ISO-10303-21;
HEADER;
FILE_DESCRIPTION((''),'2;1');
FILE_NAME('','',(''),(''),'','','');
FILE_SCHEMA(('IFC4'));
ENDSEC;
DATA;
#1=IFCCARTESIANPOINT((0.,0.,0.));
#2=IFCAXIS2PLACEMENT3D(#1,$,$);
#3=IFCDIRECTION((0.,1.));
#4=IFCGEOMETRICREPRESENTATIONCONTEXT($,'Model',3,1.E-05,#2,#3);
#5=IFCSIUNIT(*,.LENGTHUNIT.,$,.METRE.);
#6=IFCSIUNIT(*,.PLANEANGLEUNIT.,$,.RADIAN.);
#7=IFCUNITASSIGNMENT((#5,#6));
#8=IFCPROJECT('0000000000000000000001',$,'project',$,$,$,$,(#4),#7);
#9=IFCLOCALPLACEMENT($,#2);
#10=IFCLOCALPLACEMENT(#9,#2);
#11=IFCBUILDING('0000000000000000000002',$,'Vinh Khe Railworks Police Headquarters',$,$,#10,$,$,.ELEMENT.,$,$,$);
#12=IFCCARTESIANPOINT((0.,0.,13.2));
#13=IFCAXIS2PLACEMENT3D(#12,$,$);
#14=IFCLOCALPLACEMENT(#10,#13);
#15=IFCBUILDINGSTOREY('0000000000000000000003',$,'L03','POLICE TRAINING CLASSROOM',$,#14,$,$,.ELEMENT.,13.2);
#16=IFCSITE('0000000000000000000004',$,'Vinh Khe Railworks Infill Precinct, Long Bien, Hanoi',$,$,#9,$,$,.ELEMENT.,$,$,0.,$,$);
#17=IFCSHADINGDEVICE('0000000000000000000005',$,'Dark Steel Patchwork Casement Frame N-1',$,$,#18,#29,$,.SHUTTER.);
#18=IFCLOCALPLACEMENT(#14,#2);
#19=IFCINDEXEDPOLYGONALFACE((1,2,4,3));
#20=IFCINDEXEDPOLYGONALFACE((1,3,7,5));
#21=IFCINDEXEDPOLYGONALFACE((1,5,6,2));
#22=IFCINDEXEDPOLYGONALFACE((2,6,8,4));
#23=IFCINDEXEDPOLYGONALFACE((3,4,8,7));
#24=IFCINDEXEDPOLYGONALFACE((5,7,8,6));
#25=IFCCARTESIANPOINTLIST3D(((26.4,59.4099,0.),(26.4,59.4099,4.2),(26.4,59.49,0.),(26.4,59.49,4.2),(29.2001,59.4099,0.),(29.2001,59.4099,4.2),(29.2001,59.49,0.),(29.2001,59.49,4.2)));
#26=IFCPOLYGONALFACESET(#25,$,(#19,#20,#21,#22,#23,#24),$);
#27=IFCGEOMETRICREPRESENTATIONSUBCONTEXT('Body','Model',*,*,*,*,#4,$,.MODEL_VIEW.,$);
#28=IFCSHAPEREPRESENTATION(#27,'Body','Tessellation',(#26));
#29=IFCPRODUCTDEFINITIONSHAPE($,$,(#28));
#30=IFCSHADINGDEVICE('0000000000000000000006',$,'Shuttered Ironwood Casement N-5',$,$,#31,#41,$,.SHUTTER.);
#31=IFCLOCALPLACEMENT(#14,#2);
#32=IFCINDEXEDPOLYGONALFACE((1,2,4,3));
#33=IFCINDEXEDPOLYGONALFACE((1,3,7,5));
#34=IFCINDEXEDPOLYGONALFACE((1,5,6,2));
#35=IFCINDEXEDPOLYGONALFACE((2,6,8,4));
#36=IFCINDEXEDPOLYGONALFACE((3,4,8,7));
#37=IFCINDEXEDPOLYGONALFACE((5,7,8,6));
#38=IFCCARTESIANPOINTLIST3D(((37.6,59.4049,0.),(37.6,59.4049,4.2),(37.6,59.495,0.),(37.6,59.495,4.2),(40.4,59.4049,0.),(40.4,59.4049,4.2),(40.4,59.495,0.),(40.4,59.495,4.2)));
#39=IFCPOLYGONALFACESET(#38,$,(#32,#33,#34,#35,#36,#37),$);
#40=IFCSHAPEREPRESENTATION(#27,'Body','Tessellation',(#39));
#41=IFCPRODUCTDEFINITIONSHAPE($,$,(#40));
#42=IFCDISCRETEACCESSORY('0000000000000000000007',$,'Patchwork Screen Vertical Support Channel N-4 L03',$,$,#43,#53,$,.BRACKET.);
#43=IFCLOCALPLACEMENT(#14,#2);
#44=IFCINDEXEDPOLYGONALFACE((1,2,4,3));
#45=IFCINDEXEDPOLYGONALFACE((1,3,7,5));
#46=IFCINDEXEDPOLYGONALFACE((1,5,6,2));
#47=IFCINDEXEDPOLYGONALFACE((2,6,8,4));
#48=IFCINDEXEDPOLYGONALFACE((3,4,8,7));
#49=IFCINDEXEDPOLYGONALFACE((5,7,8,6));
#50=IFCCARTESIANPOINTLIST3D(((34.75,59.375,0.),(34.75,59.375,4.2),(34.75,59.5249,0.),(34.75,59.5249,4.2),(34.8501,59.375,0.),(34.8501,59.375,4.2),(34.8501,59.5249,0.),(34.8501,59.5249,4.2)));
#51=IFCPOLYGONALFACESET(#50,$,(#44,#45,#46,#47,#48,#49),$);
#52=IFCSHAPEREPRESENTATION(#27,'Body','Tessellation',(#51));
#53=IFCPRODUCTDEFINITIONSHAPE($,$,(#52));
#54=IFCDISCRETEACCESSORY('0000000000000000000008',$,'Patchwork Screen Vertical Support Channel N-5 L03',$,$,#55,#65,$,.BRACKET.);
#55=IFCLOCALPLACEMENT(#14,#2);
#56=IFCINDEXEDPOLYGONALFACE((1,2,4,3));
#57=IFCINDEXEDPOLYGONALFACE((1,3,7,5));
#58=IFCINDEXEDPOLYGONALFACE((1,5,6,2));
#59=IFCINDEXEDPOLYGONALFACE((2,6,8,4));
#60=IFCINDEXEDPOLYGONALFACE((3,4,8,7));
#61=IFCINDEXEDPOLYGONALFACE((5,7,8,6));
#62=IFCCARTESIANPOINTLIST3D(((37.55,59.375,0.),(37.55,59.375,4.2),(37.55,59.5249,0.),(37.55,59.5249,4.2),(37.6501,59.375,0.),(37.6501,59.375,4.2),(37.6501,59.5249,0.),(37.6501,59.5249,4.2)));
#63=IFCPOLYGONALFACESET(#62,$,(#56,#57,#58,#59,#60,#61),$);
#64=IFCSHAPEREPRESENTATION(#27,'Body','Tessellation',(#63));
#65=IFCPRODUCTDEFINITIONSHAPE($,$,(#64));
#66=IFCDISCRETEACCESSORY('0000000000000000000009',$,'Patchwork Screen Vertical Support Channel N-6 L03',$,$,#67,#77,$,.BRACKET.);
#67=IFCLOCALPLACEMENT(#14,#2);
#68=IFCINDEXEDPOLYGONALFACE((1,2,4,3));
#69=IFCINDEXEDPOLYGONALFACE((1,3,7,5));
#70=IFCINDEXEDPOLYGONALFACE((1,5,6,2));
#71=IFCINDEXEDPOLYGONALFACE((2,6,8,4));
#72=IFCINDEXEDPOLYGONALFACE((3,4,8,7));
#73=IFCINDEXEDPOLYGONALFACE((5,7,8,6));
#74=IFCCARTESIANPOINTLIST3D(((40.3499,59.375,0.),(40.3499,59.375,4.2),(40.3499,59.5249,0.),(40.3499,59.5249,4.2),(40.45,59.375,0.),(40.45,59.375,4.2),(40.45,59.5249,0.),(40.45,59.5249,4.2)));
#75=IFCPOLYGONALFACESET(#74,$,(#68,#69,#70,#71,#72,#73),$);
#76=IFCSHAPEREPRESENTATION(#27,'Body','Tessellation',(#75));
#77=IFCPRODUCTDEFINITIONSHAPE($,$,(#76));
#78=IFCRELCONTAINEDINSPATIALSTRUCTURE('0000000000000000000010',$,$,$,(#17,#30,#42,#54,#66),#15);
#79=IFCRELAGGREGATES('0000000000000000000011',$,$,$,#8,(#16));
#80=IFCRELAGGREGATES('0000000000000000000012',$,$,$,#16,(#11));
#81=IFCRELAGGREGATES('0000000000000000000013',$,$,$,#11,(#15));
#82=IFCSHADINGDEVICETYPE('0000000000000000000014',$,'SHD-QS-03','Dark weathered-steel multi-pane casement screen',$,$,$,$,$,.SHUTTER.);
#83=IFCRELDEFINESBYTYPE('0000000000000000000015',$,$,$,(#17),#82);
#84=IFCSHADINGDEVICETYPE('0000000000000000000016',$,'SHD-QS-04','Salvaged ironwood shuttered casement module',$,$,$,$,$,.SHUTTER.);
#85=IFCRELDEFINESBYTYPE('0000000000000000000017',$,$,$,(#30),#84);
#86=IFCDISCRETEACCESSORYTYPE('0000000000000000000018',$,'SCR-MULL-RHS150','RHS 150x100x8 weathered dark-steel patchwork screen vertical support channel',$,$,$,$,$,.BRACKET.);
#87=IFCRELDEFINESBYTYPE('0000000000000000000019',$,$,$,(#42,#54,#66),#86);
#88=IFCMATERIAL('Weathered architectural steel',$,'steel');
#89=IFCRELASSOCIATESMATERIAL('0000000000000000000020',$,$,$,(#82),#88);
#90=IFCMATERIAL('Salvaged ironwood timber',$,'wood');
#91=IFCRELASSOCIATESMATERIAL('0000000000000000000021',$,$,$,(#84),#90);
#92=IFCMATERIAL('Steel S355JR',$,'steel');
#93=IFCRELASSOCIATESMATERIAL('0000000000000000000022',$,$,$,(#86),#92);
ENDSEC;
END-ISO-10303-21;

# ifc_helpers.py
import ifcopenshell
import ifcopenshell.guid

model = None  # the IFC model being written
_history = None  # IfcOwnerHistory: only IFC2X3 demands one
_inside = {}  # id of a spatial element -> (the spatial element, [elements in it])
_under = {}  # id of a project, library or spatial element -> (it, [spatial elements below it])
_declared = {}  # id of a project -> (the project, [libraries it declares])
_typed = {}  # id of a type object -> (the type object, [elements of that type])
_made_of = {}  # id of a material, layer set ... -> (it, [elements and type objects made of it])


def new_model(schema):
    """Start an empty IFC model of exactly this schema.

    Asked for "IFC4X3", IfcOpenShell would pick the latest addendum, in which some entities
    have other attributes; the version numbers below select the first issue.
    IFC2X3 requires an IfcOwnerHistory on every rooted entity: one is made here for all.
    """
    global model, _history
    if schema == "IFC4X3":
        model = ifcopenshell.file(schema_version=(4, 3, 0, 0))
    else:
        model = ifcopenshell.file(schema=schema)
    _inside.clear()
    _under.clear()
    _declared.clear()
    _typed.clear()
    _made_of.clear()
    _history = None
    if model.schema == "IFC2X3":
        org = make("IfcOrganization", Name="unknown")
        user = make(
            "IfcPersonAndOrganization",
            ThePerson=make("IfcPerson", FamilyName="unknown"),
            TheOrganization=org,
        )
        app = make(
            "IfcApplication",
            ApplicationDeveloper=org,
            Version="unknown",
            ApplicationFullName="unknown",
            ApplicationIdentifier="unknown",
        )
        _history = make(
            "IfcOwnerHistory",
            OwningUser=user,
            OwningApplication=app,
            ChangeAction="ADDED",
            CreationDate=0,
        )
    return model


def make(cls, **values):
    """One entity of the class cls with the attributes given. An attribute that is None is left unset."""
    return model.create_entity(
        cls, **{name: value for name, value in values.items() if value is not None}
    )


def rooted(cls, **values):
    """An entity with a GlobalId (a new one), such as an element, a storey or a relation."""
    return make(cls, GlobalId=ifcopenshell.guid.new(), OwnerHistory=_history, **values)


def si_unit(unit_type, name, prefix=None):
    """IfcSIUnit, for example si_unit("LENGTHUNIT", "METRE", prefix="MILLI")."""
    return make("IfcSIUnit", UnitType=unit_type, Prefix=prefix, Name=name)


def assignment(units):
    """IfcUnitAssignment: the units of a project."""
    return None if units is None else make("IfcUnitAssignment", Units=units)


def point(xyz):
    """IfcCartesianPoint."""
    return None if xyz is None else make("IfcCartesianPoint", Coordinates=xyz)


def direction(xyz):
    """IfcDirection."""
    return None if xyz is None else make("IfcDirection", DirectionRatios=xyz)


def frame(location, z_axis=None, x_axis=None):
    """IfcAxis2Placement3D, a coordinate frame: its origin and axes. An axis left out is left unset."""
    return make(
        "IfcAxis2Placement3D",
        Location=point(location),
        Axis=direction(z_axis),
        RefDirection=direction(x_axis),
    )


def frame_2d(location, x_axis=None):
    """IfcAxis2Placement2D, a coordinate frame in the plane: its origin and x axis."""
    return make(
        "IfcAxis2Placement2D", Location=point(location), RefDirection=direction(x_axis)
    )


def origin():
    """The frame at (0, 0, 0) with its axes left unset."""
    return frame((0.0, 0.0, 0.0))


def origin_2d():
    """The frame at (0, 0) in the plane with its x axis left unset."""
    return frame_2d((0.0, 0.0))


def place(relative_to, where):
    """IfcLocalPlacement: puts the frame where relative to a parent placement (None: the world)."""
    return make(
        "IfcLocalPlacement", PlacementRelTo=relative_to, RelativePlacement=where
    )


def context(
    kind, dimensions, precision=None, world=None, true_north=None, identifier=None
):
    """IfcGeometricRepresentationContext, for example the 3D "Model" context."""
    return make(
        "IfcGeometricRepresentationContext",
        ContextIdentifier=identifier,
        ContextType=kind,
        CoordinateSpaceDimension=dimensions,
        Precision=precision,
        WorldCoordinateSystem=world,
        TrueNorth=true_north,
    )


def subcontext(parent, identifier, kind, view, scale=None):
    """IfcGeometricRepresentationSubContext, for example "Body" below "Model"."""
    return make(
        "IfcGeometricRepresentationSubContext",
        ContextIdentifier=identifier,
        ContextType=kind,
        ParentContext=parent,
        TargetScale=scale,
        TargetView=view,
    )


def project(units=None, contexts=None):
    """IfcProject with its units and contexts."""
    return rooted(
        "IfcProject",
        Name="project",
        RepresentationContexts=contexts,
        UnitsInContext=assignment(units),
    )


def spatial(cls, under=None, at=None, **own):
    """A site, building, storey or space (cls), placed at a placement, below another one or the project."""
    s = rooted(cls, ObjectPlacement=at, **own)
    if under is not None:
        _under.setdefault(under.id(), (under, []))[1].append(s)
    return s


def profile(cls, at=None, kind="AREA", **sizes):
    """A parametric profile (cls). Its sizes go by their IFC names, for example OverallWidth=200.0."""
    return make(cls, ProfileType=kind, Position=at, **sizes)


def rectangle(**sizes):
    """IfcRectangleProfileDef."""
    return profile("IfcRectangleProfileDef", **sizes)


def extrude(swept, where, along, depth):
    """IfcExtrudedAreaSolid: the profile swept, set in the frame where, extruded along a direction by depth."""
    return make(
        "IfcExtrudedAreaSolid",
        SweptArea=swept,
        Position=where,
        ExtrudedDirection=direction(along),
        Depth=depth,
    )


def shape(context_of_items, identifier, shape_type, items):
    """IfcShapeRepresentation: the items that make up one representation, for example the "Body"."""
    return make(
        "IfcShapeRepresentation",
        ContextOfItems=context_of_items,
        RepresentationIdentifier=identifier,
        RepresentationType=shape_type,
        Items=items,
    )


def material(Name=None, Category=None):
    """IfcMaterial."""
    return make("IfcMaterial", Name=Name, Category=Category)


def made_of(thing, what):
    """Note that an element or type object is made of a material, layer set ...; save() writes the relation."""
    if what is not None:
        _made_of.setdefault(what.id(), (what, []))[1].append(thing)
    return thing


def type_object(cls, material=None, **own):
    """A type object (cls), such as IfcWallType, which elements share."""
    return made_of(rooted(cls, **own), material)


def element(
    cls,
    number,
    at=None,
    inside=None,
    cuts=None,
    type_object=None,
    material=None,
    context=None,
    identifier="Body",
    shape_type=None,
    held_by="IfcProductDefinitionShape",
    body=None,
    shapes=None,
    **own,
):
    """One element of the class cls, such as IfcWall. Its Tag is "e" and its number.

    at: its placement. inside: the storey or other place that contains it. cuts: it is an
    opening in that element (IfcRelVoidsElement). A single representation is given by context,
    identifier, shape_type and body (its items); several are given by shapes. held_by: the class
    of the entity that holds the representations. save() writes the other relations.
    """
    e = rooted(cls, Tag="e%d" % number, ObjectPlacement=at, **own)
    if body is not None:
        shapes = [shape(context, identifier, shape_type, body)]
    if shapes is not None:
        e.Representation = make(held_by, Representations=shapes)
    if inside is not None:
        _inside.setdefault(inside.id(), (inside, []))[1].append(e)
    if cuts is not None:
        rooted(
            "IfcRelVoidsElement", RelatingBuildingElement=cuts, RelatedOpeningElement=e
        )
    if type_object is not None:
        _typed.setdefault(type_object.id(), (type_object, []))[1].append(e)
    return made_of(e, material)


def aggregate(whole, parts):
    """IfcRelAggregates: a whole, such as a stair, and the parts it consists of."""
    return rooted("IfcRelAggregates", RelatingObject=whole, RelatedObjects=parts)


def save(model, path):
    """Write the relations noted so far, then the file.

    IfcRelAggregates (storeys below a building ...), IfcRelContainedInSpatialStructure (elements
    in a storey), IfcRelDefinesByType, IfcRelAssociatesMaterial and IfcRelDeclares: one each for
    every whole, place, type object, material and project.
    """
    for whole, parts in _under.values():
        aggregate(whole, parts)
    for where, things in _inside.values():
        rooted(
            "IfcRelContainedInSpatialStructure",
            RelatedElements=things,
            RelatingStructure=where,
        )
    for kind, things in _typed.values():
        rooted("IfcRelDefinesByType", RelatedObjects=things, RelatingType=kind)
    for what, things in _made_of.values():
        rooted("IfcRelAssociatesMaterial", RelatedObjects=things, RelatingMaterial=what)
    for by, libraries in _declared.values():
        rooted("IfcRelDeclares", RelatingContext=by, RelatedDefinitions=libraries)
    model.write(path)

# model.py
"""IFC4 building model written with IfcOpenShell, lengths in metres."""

from ifc_helpers import new_model, si_unit, direction, frame, origin, origin_2d, place, context, subcontext, project, spatial, rectangle, extrude, material, type_object, element, save


model = new_model("IFC4")

# Units and contexts
model_context = context("Model", 3, precision=1e-05, world=origin(), true_north=direction((0.0, 1.0)))
body_context = subcontext(model_context, "Body", "Model", "MODEL_VIEW")
ifc_project = project(units=[si_unit("LENGTHUNIT", "METRE"), si_unit("PLANEANGLEUNIT", "RADIAN")], contexts=[model_context])

# Site, building, storey
site_placement = place(None, origin())
site = spatial("IfcSite", under=ifc_project, at=site_placement, Name="Vinh Khe Railworks Infill Precinct, Long Bien, Hanoi", CompositionType="ELEMENT", RefElevation=0.0)
building_placement = place(site_placement, origin())
building = spatial("IfcBuilding", under=site, at=building_placement, Name="Vinh Khe Railworks Police Headquarters", CompositionType="ELEMENT")
storey_placement = place(building_placement, frame((0.0, 0.0, 13.2)))
storey = spatial("IfcBuildingStorey", under=building, at=storey_placement, Name="L03", Description="POLICE TRAINING CLASSROOM", CompositionType="ELEMENT", Elevation=13.2)

# Shared definitions
ifc_material_1 = material(Name="Steel S355JR", Category="steel")

# Shared definitions
ifc_material_2 = material(Name="Salvaged ironwood timber", Category="wood")

# Shading devices
ifc_material_3 = material(Name="Weathered architectural steel", Category="steel")
shading_device_type_1 = type_object("IfcShadingDeviceType", Name="SHD-QS-03", Description="Dark weathered-steel multi-pane casement screen", PredefinedType="SHUTTER", material=ifc_material_3)
shading_device_1_placement = place(storey_placement, frame((27.8, 59.45, 0.0), z_axis=(0.0, 0.0, 1.0), x_axis=(1.0, 0.0, 0.0)))
element("IfcShadingDevice", 1, at=shading_device_1_placement, inside=storey, type_object=shading_device_type_1, Name="Dark Steel Patchwork Casement Frame N-1", PredefinedType="SHUTTER", context=body_context, shape_type="SweptSolid", body=[
    extrude(rectangle(XDim=2.8, YDim=0.0801, at=origin_2d()), origin(), (0.0, 0.0, 1.0), 4.2),
])
shading_device_type_2 = type_object("IfcShadingDeviceType", Name="SHD-QS-04", Description="Salvaged ironwood shuttered casement module", PredefinedType="SHUTTER", material=ifc_material_2)
shading_device_2_placement = place(storey_placement, frame((39.0, 59.45, 0.0), z_axis=(0.0, 0.0, 1.0), x_axis=(1.0, 0.0, 0.0)))
element("IfcShadingDevice", 2, at=shading_device_2_placement, inside=storey, type_object=shading_device_type_2, Name="Shuttered Ironwood Casement N-5", PredefinedType="SHUTTER", context=body_context, shape_type="SweptSolid", body=[
    extrude(rectangle(XDim=2.8, YDim=0.0901, at=origin_2d()), origin(), (0.0, 0.0, 1.0), 4.2),
])

# Discrete accessories
discrete_accessory_type = type_object("IfcDiscreteAccessoryType", Name="SCR-MULL-RHS150", Description="RHS 150x100x8 weathered dark-steel patchwork screen vertical support channel", PredefinedType="BRACKET", material=ifc_material_1)
for number, where, z_axis, x_axis, name in (
    (3, (34.8, 59.45, 0.0), (0.0, 0.0, 1.0), (1.0, 0.0, 0.0), "Patchwork Screen Vertical Support Channel N-4 L03"),
    (4, (37.6001, 59.45, 0.0), (0.0, 0.0, 1.0), (1.0, 0.0, 0.0), "Patchwork Screen Vertical Support Channel N-5 L03"),
    (5, (40.3999, 59.45, 0.0), (0.0, 0.0, 1.0), (1.0, 0.0, 0.0), "Patchwork Screen Vertical Support Channel N-6 L03"),
):
    element("IfcDiscreteAccessory", number, at=place(storey_placement, frame(where, z_axis=z_axis, x_axis=x_axis)), inside=storey, type_object=discrete_accessory_type, Name=name, PredefinedType="BRACKET", context=body_context, shape_type="SweptSolid", body=[
        extrude(rectangle(XDim=0.1001, YDim=0.1499, at=origin_2d()), origin(), (0.0, 0.0, 1.0), 4.2),
    ])

save(model, "model.ifc")
